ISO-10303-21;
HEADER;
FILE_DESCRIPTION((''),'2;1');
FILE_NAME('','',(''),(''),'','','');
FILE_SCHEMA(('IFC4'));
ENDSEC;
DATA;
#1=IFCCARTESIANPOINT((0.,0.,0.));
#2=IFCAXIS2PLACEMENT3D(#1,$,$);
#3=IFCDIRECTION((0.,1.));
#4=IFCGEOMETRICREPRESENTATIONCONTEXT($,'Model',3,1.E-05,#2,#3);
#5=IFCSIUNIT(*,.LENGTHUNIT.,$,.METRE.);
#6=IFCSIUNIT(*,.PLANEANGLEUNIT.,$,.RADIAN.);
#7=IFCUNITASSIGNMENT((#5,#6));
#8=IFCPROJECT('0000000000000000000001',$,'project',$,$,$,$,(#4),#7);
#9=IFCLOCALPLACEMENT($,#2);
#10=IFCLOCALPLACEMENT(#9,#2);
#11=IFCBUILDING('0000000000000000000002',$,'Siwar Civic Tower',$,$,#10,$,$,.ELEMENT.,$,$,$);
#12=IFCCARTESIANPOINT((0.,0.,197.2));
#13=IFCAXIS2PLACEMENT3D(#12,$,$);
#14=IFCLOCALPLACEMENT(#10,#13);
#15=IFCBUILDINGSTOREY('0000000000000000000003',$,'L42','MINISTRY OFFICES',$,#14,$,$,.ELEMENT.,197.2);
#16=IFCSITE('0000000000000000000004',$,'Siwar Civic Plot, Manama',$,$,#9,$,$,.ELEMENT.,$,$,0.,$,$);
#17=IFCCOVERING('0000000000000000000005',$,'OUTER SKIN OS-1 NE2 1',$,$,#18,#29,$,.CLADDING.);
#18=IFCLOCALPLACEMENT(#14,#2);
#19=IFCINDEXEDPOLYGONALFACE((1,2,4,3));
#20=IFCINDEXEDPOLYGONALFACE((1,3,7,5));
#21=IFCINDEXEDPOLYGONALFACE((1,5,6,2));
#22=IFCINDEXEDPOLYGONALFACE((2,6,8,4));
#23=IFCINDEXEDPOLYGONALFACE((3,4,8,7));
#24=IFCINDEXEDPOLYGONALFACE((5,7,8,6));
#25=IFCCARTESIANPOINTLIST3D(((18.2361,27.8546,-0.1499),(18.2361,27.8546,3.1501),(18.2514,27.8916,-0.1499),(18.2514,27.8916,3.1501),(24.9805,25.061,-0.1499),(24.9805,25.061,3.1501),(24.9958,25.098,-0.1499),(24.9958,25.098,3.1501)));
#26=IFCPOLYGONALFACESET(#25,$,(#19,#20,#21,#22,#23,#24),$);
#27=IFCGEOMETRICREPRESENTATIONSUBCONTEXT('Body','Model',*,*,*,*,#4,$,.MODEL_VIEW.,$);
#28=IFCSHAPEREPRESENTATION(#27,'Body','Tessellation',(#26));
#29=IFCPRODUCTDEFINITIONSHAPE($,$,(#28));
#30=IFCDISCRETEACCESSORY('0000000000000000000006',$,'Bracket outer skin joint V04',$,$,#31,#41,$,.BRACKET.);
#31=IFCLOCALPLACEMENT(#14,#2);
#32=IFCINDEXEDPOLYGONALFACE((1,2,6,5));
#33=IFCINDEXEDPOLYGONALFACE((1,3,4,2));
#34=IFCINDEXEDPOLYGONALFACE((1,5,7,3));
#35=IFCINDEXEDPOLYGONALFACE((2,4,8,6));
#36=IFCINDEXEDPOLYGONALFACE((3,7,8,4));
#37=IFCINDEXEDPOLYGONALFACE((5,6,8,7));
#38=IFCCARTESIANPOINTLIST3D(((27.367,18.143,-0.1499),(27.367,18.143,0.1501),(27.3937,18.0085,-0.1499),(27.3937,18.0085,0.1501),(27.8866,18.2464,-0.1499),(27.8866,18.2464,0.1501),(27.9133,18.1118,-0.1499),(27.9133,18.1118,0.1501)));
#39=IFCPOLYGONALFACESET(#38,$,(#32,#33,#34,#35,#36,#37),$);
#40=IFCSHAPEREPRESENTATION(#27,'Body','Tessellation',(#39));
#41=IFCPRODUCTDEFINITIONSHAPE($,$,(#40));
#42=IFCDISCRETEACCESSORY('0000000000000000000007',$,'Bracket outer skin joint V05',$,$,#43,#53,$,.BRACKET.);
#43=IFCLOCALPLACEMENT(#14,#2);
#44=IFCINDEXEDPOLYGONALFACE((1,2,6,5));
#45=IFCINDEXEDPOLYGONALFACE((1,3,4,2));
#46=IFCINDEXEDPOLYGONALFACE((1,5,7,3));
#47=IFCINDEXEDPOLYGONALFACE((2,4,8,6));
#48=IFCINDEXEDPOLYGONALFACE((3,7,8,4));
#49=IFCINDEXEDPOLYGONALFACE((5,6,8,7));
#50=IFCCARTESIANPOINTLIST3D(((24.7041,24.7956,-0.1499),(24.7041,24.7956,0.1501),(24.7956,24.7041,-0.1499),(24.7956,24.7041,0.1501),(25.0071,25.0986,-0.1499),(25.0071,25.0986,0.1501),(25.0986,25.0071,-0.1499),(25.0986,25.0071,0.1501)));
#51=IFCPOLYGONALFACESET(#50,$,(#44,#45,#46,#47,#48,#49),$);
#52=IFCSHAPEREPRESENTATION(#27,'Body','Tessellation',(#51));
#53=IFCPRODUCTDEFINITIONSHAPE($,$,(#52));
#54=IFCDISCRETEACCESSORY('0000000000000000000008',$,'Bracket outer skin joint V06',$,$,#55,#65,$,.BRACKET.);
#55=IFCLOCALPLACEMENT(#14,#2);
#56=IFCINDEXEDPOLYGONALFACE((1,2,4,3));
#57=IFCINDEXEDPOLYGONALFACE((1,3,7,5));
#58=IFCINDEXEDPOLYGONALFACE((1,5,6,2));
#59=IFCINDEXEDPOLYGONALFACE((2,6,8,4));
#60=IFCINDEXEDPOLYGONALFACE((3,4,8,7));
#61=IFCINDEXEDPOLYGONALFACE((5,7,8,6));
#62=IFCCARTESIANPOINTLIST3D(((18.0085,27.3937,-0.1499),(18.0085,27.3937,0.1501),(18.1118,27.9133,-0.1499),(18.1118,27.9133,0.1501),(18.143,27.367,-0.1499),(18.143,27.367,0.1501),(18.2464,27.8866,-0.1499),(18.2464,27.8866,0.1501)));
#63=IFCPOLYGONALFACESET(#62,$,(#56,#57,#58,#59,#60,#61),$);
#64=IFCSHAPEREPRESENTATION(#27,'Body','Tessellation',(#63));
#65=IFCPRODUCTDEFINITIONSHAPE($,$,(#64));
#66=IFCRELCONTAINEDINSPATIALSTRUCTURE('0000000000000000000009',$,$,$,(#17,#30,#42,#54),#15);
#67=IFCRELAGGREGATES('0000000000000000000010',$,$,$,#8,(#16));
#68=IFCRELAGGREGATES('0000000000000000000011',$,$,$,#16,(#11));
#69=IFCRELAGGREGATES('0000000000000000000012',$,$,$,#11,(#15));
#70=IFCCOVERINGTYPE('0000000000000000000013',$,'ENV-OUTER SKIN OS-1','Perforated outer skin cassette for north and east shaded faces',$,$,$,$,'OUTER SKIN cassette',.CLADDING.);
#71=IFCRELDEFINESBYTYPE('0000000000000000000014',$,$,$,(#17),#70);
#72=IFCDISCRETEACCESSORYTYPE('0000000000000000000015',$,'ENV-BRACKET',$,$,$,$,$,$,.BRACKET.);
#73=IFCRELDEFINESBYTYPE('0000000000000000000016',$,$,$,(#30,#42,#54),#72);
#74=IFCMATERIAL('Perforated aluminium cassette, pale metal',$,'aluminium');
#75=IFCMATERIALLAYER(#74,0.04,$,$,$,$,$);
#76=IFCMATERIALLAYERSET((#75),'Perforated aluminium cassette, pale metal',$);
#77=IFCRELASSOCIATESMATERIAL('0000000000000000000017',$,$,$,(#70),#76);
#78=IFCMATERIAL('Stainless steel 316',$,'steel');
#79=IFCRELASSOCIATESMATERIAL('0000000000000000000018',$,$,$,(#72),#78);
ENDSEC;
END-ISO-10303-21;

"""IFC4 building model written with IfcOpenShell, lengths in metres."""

from ifc_helpers import new_model, si_unit, direction, frame, origin, origin_2d, place, context, subcontext, project, spatial, rectangle, extrude, material, layer, layer_set, type_object, element, save


model = new_model("IFC4")

# Units and contexts
model_context = context("Model", 3, precision=1e-05, world=origin(), true_north=direction((0.0, 1.0)))
body_context = subcontext(model_context, "Body", "Model", "MODEL_VIEW")
ifc_project = project(units=[si_unit("LENGTHUNIT", "METRE"), si_unit("PLANEANGLEUNIT", "RADIAN")], contexts=[model_context])

# Site, building, storey
site_placement = place(None, origin())
site = spatial("IfcSite", under=ifc_project, at=site_placement, Name="Siwar Civic Plot, Manama", CompositionType="ELEMENT", RefElevation=0.0)
building_placement = place(site_placement, origin())
building = spatial("IfcBuilding", under=site, at=building_placement, Name="Siwar Civic Tower", CompositionType="ELEMENT")
storey_placement = place(building_placement, frame((0.0, 0.0, 197.2)))
storey = spatial("IfcBuildingStorey", under=building, at=storey_placement, Name="L42", Description="MINISTRY OFFICES", CompositionType="ELEMENT", Elevation=197.2)

# Covering
ifc_material_1 = material(Name="Perforated aluminium cassette, pale metal", Category="aluminium")
ifc_layer_1 = layer(ifc_material_1, 0.04)
ifc_layer_set_1 = layer_set([ifc_layer_1], Name="Perforated aluminium cassette, pale metal")
covering_type = type_object("IfcCoveringType", Name="ENV-OUTER SKIN OS-1", Description="Perforated outer skin cassette for north and east shaded faces", ElementType="OUTER SKIN cassette", PredefinedType="CLADDING", material=ifc_layer_set_1)
for number, where, z_axis, x_axis, name in (
    (1, (21.616, 26.4763, -0.1499), (0.0, 0.0, 1.0), (-0.92388, 0.382683, 0.0), "OUTER SKIN OS-1 NE2 1"),
):
    element("IfcCovering", number, at=place(storey_placement, frame(where, z_axis=z_axis, x_axis=x_axis)), inside=storey, type_object=covering_type, Name=name, PredefinedType="CLADDING", context=body_context, shape_type="SweptSolid", body=[
        extrude(rectangle(XDim=7.3, YDim=0.04, at=origin_2d()), origin(), (0.0, 0.0, 1.0), 3.3),
    ])

# Discrete accessories
ifc_material_2 = material(Name="Stainless steel 316", Category="steel")
discrete_accessory_type = type_object("IfcDiscreteAccessoryType", Name="ENV-BRACKET", PredefinedType="BRACKET", material=ifc_material_2)
discrete_accessory_1_placement = place(storey_placement, frame((27.6401, 18.1274, -0.1499), z_axis=(0.0, 0.0, 1.0), x_axis=(0.980785, 0.19509, 0.0)))
element("IfcDiscreteAccessory", 2, at=discrete_accessory_1_placement, inside=storey, type_object=discrete_accessory_type, Name="Bracket outer skin joint V04", PredefinedType="BRACKET", context=body_context, shape_type="SweptSolid", body=[
    extrude(rectangle(XDim=0.5298, YDim=0.1372, at=origin_2d()), origin(), (0.0, 0.0, 1.0), 0.3),
])
discrete_accessory_2_placement = place(storey_placement, frame((24.9014, 24.9014, -0.1499), z_axis=(0.0, 0.0, 1.0), x_axis=(0.707107, 0.707107, 0.0)))
element("IfcDiscreteAccessory", 3, at=discrete_accessory_2_placement, inside=storey, type_object=discrete_accessory_type, Name="Bracket outer skin joint V05", PredefinedType="BRACKET", context=body_context, shape_type="SweptSolid", body=[
    extrude(rectangle(XDim=0.4285, YDim=0.1294, at=origin_2d()), origin(), (0.0, 0.0, 1.0), 0.3),
])
discrete_accessory_3_placement = place(storey_placement, frame((18.1274, 27.6401, -0.1499), z_axis=(0.0, 0.0, 1.0), x_axis=(0.19509, 0.980785, 0.0)))
element("IfcDiscreteAccessory", 4, at=discrete_accessory_3_placement, inside=storey, type_object=discrete_accessory_type, Name="Bracket outer skin joint V06", PredefinedType="BRACKET", context=body_context, shape_type="SweptSolid", body=[
    extrude(rectangle(XDim=0.5298, YDim=0.1372, at=origin_2d()), origin(), (0.0, 0.0, 1.0), 0.3),
])

save(model, "model.ifc")
